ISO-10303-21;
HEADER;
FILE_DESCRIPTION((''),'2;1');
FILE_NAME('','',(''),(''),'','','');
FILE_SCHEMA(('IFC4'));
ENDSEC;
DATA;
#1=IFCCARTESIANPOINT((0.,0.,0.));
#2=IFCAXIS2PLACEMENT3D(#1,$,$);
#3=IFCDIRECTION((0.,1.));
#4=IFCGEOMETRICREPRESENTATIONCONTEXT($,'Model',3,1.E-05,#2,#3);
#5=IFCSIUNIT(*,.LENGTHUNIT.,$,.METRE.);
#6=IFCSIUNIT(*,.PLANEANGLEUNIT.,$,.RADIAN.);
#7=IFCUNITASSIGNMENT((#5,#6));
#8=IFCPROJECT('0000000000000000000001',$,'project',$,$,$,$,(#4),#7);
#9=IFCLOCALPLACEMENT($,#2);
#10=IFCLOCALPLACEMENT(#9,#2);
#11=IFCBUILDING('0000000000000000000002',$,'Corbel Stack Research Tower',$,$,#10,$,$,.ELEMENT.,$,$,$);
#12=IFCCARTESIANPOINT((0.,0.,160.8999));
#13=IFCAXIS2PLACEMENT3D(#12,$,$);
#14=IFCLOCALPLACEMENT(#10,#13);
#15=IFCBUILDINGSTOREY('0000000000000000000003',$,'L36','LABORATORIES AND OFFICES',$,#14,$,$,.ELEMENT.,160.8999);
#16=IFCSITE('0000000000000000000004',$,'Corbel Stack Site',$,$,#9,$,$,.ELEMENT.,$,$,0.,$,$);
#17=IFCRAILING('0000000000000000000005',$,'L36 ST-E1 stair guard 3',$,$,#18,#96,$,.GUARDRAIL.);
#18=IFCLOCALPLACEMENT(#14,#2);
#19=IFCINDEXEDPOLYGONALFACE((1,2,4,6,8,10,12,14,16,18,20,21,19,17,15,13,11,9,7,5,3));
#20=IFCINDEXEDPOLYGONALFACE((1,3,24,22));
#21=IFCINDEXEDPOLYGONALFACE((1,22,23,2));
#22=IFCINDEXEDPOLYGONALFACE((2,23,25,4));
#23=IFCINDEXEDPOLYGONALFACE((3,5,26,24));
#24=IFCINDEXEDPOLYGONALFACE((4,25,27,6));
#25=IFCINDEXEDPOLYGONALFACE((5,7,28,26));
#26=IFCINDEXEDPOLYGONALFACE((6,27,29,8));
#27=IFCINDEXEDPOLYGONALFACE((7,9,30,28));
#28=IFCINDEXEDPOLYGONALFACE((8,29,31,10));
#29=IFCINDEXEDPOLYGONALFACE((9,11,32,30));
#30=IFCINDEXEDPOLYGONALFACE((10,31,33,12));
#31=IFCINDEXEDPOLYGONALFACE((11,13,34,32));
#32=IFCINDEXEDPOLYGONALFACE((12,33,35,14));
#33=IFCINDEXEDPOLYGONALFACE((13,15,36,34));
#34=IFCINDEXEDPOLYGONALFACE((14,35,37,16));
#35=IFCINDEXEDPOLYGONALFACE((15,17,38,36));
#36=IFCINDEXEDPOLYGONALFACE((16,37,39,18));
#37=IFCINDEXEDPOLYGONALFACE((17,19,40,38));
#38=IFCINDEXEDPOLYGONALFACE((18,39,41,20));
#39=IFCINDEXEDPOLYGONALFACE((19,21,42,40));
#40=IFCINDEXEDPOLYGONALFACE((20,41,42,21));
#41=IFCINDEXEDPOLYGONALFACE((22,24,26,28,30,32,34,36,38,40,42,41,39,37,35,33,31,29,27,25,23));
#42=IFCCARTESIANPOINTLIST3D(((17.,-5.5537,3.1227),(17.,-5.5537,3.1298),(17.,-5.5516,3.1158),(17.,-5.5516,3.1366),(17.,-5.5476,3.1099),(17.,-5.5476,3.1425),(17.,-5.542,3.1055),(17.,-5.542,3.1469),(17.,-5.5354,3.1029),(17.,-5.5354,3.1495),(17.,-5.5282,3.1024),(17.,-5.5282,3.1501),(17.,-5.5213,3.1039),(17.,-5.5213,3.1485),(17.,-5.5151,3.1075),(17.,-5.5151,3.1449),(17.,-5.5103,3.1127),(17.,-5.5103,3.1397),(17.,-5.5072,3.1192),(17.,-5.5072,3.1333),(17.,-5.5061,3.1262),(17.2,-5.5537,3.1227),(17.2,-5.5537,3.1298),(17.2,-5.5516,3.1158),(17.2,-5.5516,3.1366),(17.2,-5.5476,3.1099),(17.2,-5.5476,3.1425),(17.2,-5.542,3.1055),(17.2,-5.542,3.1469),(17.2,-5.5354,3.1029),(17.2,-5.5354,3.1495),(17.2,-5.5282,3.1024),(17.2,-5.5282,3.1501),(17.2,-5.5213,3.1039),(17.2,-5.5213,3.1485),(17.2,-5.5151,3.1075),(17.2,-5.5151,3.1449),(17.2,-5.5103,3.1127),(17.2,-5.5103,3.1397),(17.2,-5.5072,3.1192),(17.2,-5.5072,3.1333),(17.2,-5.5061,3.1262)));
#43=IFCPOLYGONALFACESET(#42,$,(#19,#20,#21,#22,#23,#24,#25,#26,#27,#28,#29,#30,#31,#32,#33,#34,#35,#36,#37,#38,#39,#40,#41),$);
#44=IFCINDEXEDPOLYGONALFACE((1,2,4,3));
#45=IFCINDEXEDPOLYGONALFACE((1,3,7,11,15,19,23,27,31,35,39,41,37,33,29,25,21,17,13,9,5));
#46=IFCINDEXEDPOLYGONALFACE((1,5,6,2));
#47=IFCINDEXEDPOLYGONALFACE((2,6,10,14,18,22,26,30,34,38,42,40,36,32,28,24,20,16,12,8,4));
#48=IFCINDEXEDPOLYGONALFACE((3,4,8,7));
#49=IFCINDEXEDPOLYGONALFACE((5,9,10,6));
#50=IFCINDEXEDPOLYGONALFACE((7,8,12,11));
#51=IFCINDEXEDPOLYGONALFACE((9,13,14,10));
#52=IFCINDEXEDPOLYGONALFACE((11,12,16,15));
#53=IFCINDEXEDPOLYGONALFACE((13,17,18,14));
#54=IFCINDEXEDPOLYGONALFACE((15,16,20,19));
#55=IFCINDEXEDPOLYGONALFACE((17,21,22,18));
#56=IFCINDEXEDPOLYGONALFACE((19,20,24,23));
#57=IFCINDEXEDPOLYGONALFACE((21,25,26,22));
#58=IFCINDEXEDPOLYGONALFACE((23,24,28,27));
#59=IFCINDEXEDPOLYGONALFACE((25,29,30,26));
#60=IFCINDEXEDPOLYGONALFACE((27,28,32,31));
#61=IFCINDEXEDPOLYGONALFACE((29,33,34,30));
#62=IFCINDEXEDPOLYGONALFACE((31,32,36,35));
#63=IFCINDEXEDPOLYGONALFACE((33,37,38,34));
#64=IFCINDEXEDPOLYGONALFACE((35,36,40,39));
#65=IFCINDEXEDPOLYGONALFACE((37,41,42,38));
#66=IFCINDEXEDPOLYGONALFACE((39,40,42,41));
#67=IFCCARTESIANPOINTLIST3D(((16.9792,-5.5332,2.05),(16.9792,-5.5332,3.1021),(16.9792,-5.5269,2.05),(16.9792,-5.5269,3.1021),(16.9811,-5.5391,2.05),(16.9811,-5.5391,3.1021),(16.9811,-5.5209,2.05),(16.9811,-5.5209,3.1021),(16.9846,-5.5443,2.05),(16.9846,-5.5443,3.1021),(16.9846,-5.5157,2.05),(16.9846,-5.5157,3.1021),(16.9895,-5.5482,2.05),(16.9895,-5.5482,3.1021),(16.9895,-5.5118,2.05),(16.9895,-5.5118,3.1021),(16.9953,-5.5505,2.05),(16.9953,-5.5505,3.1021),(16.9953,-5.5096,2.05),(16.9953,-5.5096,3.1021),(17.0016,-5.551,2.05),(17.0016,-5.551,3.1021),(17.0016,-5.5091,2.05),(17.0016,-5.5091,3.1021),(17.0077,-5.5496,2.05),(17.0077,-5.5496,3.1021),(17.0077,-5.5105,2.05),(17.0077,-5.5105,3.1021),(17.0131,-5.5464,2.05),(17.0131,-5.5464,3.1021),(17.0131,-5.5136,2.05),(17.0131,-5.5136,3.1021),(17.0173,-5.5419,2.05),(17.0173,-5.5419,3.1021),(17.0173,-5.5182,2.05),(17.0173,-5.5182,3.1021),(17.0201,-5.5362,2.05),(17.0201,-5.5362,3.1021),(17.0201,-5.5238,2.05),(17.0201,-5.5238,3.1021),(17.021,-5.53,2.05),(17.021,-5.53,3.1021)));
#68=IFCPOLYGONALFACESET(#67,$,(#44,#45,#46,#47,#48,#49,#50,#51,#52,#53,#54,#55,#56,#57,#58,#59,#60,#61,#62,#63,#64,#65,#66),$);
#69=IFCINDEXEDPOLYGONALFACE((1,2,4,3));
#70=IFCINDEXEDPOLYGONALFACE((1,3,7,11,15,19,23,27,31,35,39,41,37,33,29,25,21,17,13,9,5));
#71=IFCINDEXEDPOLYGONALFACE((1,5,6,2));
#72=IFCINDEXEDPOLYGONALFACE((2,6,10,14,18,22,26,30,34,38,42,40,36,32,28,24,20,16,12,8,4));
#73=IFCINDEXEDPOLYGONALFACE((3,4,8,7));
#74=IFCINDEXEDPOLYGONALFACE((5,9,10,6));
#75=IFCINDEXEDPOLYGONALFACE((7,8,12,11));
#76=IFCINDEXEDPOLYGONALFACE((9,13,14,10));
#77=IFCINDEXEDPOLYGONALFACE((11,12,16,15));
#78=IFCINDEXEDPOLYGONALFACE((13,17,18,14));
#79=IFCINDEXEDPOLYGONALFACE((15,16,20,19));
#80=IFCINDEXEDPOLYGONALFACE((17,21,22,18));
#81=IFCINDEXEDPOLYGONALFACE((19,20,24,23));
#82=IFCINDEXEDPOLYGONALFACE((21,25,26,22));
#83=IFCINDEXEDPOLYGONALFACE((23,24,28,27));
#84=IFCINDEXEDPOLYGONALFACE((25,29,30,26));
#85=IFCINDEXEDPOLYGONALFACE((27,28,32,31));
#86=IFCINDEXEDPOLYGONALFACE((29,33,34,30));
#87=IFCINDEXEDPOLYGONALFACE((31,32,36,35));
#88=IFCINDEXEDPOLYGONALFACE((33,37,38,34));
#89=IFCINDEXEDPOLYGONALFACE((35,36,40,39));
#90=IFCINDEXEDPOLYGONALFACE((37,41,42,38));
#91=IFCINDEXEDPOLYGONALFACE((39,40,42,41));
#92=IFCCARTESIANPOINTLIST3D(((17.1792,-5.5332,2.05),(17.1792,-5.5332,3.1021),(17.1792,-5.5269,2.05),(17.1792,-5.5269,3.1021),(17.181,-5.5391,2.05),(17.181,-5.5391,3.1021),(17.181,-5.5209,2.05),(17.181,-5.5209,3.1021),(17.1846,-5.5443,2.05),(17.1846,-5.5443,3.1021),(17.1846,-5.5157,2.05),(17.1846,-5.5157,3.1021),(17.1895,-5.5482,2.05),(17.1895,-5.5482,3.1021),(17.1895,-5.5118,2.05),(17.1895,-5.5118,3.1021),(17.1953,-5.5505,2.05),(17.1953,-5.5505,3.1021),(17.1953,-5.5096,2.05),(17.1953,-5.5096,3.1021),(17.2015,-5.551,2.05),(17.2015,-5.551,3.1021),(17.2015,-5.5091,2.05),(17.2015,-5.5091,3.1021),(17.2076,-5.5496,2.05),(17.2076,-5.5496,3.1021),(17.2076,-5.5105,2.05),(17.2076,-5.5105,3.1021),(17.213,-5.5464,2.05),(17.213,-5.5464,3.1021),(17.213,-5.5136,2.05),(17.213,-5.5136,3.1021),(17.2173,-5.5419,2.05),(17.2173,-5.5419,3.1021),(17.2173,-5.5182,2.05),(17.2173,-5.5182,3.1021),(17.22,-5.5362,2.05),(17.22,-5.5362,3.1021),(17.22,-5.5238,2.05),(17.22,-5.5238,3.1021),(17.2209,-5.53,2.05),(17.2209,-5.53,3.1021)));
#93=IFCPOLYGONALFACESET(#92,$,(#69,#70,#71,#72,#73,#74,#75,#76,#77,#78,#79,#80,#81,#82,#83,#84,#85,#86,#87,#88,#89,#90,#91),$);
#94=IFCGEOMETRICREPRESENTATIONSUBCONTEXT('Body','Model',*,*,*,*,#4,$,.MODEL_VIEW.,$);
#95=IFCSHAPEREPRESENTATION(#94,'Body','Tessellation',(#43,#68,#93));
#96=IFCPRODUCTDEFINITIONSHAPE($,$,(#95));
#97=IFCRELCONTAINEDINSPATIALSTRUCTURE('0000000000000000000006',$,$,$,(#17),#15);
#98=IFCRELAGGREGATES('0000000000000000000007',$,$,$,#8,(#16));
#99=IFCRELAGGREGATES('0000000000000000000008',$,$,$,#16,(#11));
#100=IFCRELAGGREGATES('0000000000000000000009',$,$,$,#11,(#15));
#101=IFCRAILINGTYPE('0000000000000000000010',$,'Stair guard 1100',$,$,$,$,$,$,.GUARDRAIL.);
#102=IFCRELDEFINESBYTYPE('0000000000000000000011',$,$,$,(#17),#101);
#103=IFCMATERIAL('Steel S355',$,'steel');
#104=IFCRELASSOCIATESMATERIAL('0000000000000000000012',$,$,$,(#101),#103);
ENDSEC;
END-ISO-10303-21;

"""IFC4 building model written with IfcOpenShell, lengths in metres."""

from ifc_helpers import new_model, si_unit, direction, frame, origin, origin_2d, place, context, subcontext, project, spatial, circle, extrude, material, type_object, element, save


model = new_model("IFC4")

# Units and contexts
model_context = context("Model", 3, precision=1e-05, world=origin(), true_north=direction((0.0, 1.0)))
body_context = subcontext(model_context, "Body", "Model", "MODEL_VIEW")
ifc_project = project(units=[si_unit("LENGTHUNIT", "METRE"), si_unit("PLANEANGLEUNIT", "RADIAN")], contexts=[model_context])

# Site, building, storey
site_placement = place(None, origin())
site = spatial("IfcSite", under=ifc_project, at=site_placement, Name="Corbel Stack Site", CompositionType="ELEMENT", RefElevation=0.0)
building_placement = place(site_placement, origin())
building = spatial("IfcBuilding", under=site, at=building_placement, Name="Corbel Stack Research Tower", CompositionType="ELEMENT")
storey_placement = place(building_placement, frame((0.0, 0.0, 160.8999)))
storey = spatial("IfcBuildingStorey", under=building, at=storey_placement, Name="L36", Description="LABORATORIES AND OFFICES", CompositionType="ELEMENT", Elevation=160.8999)

# Railing
ifc_material_1 = material(Name="Steel S355", Category="steel")
railing_type_1 = type_object("IfcRailingType", Name="Stair guard 1100", PredefinedType="GUARDRAIL", material=ifc_material_1)
railing_1_placement = place(storey_placement, frame((17.0, -5.53, 2.05)))
element("IfcRailing", 1, at=railing_1_placement, inside=storey, type_object=railing_type_1, Name="L36 ST-E1 stair guard 3", PredefinedType="GUARDRAIL", context=body_context, shape_type="SweptSolid", body=[
    extrude(circle(Radius=0.0239, at=origin_2d()), frame((0.0, 0.0, 1.0762), z_axis=(1.0, 0.0, 0.0), x_axis=(0.0, 1.0, 0.0)), (0.0, 0.0, 1.0), 0.2),
    extrude(circle(Radius=0.021, at=origin_2d()), origin(), (0.0, 0.0, 1.0), 1.052),
    extrude(circle(Radius=0.021, at=origin_2d()), frame((0.2, 0.0, 0.0)), (0.0, 0.0, 1.0), 1.052),
])

save(model, "model.ifc")
